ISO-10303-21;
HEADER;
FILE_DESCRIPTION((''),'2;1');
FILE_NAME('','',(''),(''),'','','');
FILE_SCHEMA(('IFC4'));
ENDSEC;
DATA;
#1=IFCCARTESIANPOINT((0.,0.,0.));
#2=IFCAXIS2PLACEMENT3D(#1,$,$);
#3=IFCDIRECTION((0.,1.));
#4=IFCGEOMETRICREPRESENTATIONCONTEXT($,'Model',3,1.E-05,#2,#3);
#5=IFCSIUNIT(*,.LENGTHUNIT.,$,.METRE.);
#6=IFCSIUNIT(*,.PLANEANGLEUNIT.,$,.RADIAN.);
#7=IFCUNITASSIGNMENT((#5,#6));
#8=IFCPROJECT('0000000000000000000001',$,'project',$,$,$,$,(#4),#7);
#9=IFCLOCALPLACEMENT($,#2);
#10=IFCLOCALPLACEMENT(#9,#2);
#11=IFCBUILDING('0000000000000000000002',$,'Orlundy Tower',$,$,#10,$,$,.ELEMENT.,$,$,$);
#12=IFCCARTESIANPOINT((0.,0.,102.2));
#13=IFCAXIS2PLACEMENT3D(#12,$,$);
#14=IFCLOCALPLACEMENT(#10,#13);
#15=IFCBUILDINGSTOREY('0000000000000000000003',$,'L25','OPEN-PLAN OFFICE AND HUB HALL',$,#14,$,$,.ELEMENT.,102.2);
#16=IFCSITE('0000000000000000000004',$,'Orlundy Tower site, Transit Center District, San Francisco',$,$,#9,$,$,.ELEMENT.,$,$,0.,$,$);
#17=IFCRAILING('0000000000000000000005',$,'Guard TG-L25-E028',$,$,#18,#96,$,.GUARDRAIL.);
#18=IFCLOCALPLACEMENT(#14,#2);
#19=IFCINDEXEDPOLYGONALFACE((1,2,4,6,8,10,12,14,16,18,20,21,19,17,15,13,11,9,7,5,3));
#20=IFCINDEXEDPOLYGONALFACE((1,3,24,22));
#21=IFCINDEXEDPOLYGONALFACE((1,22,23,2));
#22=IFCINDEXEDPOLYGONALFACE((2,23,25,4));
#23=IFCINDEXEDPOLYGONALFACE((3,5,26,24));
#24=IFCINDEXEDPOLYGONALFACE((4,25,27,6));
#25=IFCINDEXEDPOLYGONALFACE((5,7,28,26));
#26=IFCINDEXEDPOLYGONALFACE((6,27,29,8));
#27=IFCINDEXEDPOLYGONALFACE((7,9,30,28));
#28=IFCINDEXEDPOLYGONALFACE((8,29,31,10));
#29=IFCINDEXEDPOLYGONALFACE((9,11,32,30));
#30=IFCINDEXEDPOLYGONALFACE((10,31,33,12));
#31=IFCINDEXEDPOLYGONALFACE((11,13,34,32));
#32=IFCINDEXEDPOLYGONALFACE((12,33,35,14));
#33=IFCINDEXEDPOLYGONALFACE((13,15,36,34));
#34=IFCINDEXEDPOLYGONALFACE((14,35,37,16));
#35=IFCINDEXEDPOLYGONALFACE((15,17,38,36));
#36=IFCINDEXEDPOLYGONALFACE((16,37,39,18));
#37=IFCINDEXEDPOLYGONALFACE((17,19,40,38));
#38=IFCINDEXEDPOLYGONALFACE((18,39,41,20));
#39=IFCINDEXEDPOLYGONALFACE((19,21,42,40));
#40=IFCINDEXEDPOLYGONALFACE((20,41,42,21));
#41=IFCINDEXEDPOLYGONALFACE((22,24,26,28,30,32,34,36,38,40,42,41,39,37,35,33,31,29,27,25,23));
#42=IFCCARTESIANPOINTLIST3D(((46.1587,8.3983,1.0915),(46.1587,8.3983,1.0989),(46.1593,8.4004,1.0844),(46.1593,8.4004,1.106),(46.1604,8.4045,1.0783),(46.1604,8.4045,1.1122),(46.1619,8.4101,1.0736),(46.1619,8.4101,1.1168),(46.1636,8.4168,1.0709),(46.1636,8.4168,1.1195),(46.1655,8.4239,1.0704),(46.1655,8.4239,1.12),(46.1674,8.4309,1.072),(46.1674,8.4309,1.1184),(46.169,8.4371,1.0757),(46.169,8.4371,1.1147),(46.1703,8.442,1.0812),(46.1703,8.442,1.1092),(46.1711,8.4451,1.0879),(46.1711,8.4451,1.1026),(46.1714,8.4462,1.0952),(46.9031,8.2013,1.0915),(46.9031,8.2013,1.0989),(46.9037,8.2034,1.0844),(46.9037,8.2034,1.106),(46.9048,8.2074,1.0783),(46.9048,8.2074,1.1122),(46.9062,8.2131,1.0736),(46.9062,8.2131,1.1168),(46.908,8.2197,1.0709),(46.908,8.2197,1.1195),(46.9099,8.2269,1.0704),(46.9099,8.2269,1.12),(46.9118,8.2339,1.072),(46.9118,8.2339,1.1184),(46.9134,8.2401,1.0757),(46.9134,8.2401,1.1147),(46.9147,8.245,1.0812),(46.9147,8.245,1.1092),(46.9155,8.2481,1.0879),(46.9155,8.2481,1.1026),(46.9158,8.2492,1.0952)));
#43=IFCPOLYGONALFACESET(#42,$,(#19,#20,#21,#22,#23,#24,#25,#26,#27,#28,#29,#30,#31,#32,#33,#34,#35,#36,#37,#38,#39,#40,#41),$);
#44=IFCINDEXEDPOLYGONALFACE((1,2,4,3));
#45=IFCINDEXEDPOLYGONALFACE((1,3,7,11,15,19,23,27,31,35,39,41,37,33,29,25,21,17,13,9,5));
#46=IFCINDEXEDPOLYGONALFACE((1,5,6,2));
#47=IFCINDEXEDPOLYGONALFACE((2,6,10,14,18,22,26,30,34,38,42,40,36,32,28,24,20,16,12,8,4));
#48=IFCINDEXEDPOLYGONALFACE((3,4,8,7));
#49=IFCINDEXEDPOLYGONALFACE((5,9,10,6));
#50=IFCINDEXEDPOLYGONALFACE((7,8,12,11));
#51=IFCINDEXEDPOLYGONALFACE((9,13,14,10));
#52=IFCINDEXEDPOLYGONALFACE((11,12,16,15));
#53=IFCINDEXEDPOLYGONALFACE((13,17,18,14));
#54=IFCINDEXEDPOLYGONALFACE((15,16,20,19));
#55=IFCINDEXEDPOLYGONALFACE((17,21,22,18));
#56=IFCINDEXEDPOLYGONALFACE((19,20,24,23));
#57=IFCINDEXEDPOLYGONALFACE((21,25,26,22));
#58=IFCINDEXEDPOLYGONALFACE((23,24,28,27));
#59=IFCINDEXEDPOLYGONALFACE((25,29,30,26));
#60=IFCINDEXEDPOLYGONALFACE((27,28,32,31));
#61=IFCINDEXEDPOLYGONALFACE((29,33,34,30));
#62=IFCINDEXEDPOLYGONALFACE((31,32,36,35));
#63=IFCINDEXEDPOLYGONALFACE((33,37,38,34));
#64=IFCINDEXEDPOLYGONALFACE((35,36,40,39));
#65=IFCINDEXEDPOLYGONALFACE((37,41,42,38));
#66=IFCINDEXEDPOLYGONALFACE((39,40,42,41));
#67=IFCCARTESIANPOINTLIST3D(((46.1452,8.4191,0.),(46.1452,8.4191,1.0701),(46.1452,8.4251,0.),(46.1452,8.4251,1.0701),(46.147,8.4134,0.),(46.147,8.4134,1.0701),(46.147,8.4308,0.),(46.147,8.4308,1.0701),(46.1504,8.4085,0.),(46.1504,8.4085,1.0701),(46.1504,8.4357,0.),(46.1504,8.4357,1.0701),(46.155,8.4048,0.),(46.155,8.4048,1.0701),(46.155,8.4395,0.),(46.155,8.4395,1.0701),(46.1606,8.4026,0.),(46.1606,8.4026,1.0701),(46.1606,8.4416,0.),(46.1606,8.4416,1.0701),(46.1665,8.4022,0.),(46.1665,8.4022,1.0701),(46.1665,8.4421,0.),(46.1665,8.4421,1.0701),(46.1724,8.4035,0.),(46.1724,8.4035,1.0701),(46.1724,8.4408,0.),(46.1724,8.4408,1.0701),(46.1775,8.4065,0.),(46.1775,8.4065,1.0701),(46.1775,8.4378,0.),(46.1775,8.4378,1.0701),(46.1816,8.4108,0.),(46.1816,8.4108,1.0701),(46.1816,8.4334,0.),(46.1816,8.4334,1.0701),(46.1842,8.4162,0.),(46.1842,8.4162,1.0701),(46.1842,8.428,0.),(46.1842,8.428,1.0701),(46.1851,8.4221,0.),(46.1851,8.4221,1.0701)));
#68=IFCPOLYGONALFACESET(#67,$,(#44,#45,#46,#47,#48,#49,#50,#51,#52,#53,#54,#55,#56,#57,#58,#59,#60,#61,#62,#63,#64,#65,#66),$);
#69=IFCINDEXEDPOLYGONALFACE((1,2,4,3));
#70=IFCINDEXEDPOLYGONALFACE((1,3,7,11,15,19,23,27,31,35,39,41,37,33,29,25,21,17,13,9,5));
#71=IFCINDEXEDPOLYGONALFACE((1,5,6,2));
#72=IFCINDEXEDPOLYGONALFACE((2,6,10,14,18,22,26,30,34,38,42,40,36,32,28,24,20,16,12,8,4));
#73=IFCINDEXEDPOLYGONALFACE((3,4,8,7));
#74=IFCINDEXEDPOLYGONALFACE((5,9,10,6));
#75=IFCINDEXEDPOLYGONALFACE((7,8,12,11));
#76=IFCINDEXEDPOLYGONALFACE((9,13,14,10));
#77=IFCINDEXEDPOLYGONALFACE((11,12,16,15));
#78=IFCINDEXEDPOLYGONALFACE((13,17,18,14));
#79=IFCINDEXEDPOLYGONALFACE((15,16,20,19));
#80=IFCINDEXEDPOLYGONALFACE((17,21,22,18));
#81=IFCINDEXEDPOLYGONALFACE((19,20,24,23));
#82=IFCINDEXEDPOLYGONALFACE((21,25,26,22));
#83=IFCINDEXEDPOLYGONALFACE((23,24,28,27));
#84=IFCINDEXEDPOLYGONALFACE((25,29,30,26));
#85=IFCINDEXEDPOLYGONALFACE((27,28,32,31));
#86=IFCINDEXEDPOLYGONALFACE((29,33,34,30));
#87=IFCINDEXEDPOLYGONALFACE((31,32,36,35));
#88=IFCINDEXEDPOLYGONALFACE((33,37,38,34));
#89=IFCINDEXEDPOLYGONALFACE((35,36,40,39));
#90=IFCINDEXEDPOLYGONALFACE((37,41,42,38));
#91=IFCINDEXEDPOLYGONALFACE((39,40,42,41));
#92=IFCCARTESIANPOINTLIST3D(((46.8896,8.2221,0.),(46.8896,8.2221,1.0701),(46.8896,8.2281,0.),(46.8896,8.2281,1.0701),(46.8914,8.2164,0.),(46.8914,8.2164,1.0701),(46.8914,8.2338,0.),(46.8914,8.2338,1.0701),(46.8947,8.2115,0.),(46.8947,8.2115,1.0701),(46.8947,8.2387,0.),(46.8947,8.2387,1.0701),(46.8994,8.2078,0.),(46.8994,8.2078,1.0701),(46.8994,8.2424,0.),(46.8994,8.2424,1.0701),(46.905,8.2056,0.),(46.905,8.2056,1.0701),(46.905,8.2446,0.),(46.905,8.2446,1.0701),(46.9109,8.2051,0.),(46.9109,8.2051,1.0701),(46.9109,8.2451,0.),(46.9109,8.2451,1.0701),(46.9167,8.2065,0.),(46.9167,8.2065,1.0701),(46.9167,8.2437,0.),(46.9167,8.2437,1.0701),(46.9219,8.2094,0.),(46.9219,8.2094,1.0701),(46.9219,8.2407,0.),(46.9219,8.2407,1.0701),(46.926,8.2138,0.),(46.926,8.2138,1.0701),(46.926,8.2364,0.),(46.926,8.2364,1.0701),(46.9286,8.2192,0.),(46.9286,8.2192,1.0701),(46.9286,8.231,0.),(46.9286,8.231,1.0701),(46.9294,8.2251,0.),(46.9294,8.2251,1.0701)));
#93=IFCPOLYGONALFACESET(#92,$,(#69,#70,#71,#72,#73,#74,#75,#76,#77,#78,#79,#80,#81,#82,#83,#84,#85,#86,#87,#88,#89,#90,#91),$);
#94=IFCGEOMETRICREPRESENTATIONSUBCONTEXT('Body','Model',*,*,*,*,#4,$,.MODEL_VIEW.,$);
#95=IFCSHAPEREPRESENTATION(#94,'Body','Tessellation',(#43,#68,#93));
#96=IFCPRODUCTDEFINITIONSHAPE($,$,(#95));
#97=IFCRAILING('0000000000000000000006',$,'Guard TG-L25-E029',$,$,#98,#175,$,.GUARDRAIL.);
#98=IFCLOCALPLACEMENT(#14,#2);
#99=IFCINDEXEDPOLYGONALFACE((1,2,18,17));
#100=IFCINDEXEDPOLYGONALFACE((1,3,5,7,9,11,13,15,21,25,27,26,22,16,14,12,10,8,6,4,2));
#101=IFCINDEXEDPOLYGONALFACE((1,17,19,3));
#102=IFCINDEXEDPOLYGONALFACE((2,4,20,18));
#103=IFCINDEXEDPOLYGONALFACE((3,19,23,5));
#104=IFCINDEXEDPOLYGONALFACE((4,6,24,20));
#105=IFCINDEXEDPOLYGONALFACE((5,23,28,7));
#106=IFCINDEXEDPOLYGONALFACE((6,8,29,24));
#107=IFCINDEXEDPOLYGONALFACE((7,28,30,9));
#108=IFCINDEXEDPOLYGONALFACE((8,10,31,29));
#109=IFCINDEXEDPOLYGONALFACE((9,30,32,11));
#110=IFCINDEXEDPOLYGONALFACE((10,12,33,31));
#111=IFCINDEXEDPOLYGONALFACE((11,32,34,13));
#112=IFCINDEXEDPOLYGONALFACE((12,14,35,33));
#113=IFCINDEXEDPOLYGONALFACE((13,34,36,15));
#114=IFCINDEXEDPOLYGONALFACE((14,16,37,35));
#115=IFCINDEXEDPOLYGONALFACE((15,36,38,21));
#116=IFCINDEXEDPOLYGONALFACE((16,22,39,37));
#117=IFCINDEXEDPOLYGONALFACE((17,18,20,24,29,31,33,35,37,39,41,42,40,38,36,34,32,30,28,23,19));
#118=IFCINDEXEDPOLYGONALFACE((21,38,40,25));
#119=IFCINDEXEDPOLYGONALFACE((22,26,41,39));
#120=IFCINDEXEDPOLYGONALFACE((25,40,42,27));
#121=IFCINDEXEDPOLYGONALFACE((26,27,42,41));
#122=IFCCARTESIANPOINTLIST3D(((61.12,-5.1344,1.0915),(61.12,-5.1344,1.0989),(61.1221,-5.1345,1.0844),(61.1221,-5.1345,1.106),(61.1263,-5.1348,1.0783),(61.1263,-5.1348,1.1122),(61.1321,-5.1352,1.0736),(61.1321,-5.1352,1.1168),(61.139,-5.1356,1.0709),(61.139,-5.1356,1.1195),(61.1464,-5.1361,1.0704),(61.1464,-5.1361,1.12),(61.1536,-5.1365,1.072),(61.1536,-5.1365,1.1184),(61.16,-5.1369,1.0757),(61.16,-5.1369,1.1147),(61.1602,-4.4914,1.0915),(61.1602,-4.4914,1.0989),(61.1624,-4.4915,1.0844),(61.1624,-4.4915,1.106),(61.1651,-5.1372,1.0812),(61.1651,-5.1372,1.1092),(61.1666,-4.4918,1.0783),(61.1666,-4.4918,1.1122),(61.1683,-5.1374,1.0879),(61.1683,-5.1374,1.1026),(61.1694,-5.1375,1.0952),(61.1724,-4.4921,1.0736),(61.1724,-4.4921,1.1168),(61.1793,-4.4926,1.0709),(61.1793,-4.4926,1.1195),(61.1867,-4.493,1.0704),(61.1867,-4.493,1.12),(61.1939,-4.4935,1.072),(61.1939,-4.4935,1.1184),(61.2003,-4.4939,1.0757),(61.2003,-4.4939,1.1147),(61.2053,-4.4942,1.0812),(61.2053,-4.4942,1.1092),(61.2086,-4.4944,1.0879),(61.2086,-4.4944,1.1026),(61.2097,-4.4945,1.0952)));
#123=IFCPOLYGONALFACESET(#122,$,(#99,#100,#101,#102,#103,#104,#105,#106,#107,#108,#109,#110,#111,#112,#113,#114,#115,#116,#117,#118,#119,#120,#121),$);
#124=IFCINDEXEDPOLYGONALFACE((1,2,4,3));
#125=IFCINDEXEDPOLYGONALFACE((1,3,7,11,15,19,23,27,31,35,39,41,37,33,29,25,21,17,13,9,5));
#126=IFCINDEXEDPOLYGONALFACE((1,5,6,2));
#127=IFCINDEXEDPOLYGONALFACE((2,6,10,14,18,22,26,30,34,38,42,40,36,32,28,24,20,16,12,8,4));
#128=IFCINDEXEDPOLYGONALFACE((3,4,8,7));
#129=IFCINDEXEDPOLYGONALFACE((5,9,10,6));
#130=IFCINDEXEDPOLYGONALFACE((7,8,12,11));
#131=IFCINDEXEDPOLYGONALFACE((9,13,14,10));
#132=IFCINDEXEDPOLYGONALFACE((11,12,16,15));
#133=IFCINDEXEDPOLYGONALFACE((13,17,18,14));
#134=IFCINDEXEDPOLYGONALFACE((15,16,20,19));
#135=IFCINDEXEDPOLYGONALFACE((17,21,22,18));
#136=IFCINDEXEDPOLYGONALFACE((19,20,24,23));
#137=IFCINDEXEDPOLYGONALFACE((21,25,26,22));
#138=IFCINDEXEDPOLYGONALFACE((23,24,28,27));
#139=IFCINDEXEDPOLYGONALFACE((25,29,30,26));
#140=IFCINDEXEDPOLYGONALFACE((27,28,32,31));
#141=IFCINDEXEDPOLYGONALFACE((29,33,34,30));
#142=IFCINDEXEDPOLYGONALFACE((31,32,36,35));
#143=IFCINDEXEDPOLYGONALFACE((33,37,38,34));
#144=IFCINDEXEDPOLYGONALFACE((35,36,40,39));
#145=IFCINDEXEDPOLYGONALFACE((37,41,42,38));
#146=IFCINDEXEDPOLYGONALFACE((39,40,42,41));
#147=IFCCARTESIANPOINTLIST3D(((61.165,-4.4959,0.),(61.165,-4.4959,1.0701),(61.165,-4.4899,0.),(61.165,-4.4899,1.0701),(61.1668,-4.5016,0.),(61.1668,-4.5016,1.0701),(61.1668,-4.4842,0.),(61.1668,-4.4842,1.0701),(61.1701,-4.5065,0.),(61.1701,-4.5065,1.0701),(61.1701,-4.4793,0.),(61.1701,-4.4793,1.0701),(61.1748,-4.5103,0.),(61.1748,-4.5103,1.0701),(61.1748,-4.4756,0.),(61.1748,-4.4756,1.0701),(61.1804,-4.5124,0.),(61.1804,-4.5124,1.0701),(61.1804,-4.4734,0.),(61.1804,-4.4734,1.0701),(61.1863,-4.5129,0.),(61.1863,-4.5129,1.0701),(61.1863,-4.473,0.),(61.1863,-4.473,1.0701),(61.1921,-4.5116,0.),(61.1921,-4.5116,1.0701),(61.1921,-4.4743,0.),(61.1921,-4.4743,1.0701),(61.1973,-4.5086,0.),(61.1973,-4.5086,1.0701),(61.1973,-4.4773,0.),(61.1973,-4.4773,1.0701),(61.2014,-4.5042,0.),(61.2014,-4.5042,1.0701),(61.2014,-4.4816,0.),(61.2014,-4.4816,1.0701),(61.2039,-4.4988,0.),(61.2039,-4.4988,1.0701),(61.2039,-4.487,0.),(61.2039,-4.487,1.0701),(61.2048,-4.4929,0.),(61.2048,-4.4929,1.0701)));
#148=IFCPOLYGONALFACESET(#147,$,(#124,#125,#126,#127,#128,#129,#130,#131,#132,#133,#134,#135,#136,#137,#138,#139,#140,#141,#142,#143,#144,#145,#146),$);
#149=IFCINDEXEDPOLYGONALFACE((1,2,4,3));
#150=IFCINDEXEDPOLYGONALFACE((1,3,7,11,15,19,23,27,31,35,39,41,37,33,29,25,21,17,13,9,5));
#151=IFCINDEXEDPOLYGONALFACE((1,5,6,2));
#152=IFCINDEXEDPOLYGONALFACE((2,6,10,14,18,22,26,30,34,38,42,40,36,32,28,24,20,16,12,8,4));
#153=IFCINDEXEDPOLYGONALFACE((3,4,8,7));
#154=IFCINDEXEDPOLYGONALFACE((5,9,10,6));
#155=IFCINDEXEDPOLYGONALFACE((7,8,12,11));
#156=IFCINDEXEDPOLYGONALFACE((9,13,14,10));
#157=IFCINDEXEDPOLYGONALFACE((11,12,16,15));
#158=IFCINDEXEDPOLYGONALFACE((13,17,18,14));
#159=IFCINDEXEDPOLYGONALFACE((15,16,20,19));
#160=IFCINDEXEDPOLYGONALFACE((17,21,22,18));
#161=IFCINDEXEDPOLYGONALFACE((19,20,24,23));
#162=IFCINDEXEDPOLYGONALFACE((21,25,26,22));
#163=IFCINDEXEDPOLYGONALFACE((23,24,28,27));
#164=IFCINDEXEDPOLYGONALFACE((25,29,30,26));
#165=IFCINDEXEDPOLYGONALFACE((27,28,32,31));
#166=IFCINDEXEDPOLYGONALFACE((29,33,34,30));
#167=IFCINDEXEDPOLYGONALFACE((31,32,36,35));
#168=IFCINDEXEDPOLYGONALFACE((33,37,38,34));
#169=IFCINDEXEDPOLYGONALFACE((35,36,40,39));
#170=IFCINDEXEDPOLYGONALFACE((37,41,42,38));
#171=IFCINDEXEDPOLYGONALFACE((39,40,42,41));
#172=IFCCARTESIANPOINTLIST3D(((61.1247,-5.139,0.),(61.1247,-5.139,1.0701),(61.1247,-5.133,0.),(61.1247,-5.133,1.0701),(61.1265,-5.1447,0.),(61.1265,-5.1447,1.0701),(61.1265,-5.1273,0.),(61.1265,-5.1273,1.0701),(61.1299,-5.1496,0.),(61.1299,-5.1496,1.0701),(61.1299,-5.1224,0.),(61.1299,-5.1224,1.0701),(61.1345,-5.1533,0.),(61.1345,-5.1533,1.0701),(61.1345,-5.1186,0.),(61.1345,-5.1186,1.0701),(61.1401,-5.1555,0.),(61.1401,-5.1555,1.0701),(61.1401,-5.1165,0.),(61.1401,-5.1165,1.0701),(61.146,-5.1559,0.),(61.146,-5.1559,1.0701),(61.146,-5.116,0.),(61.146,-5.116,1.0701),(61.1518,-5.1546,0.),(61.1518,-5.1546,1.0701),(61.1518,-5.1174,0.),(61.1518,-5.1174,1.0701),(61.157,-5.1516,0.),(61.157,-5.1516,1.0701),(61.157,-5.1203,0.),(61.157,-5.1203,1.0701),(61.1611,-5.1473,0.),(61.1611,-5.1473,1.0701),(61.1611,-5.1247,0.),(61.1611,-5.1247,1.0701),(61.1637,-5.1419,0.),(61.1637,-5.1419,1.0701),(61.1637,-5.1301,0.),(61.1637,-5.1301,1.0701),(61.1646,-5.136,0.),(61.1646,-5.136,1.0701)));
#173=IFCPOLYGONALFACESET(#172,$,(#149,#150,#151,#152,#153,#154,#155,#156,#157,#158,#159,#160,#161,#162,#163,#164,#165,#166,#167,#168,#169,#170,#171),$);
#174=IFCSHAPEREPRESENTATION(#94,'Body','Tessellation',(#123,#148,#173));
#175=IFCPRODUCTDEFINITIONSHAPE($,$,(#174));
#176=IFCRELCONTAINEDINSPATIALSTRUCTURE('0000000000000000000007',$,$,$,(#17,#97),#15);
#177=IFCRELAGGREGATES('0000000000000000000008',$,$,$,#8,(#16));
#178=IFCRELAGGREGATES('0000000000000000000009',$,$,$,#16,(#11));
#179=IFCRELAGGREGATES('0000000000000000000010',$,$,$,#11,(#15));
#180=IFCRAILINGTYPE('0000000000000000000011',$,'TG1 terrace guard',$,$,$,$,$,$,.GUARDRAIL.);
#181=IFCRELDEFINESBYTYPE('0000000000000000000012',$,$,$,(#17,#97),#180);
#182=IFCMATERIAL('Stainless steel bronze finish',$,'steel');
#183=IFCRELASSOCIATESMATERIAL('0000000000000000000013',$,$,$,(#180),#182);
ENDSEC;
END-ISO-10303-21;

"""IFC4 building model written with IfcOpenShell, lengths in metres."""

from ifc_helpers import new_model, si_unit, direction, frame, origin, origin_2d, place, context, subcontext, project, spatial, circle, extrude, material, type_object, element, save


model = new_model("IFC4")

# Units and contexts
model_context = context("Model", 3, precision=1e-05, world=origin(), true_north=direction((0.0, 1.0)))
body_context = subcontext(model_context, "Body", "Model", "MODEL_VIEW")
ifc_project = project(units=[si_unit("LENGTHUNIT", "METRE"), si_unit("PLANEANGLEUNIT", "RADIAN")], contexts=[model_context])

# Site, building, storey
site_placement = place(None, origin())
site = spatial("IfcSite", under=ifc_project, at=site_placement, Name="Orlundy Tower site, Transit Center District, San Francisco", CompositionType="ELEMENT", RefElevation=0.0)
building_placement = place(site_placement, origin())
building = spatial("IfcBuilding", under=site, at=building_placement, Name="Orlundy Tower", CompositionType="ELEMENT")
storey_placement = place(building_placement, frame((0.0, 0.0, 102.2)))
storey = spatial("IfcBuildingStorey", under=building, at=storey_placement, Name="L25", Description="OPEN-PLAN OFFICE AND HUB HALL", CompositionType="ELEMENT", Elevation=102.2)

# Railings
ifc_material_1 = material(Name="Stainless steel bronze finish", Category="steel")
railing_type = type_object("IfcRailingType", Name="TG1 terrace guard", PredefinedType="GUARDRAIL", material=ifc_material_1)
railing_1_placement = place(storey_placement, frame((46.165, 8.4221, 0.0)))
element("IfcRailing", 1, at=railing_1_placement, inside=storey, type_object=railing_type, Name="Guard TG-L25-E028", PredefinedType="GUARDRAIL", context=body_context, shape_type="SweptSolid", body=[
    extrude(circle(Radius=0.0249, at=origin_2d()), frame((0.0, 0.0, 1.0952), z_axis=(0.966712, -0.255866, 0.0), x_axis=(0.255866, 0.966712, 0.0)), (0.0, 0.0, 1.0), 0.77),
    extrude(circle(Radius=0.02, at=origin_2d()), origin(), (0.0, 0.0, 1.0), 1.0701),
    extrude(circle(Radius=0.02, at=origin_2d()), frame((0.7444, -0.197, 0.0)), (0.0, 0.0, 1.0), 1.0701),
])
railing_2_placement = place(storey_placement, frame((61.1848, -4.4929, 0.0)))
element("IfcRailing", 2, at=railing_2_placement, inside=storey, type_object=railing_type, Name="Guard TG-L25-E029", PredefinedType="GUARDRAIL", context=body_context, shape_type="SweptSolid", body=[
    extrude(circle(Radius=0.0249, at=origin_2d()), frame((0.0, 0.0, 1.0952), z_axis=(-0.06252, -0.998044, 0.0), x_axis=(0.998044, -0.06252, 0.0)), (0.0, 0.0, 1.0), 0.6443),
    extrude(circle(Radius=0.02, at=origin_2d()), origin(), (0.0, 0.0, 1.0), 1.0701),
    extrude(circle(Radius=0.02, at=origin_2d()), frame((-0.0403, -0.6431, 0.0)), (0.0, 0.0, 1.0), 1.0701),
])

save(model, "model.ifc")
